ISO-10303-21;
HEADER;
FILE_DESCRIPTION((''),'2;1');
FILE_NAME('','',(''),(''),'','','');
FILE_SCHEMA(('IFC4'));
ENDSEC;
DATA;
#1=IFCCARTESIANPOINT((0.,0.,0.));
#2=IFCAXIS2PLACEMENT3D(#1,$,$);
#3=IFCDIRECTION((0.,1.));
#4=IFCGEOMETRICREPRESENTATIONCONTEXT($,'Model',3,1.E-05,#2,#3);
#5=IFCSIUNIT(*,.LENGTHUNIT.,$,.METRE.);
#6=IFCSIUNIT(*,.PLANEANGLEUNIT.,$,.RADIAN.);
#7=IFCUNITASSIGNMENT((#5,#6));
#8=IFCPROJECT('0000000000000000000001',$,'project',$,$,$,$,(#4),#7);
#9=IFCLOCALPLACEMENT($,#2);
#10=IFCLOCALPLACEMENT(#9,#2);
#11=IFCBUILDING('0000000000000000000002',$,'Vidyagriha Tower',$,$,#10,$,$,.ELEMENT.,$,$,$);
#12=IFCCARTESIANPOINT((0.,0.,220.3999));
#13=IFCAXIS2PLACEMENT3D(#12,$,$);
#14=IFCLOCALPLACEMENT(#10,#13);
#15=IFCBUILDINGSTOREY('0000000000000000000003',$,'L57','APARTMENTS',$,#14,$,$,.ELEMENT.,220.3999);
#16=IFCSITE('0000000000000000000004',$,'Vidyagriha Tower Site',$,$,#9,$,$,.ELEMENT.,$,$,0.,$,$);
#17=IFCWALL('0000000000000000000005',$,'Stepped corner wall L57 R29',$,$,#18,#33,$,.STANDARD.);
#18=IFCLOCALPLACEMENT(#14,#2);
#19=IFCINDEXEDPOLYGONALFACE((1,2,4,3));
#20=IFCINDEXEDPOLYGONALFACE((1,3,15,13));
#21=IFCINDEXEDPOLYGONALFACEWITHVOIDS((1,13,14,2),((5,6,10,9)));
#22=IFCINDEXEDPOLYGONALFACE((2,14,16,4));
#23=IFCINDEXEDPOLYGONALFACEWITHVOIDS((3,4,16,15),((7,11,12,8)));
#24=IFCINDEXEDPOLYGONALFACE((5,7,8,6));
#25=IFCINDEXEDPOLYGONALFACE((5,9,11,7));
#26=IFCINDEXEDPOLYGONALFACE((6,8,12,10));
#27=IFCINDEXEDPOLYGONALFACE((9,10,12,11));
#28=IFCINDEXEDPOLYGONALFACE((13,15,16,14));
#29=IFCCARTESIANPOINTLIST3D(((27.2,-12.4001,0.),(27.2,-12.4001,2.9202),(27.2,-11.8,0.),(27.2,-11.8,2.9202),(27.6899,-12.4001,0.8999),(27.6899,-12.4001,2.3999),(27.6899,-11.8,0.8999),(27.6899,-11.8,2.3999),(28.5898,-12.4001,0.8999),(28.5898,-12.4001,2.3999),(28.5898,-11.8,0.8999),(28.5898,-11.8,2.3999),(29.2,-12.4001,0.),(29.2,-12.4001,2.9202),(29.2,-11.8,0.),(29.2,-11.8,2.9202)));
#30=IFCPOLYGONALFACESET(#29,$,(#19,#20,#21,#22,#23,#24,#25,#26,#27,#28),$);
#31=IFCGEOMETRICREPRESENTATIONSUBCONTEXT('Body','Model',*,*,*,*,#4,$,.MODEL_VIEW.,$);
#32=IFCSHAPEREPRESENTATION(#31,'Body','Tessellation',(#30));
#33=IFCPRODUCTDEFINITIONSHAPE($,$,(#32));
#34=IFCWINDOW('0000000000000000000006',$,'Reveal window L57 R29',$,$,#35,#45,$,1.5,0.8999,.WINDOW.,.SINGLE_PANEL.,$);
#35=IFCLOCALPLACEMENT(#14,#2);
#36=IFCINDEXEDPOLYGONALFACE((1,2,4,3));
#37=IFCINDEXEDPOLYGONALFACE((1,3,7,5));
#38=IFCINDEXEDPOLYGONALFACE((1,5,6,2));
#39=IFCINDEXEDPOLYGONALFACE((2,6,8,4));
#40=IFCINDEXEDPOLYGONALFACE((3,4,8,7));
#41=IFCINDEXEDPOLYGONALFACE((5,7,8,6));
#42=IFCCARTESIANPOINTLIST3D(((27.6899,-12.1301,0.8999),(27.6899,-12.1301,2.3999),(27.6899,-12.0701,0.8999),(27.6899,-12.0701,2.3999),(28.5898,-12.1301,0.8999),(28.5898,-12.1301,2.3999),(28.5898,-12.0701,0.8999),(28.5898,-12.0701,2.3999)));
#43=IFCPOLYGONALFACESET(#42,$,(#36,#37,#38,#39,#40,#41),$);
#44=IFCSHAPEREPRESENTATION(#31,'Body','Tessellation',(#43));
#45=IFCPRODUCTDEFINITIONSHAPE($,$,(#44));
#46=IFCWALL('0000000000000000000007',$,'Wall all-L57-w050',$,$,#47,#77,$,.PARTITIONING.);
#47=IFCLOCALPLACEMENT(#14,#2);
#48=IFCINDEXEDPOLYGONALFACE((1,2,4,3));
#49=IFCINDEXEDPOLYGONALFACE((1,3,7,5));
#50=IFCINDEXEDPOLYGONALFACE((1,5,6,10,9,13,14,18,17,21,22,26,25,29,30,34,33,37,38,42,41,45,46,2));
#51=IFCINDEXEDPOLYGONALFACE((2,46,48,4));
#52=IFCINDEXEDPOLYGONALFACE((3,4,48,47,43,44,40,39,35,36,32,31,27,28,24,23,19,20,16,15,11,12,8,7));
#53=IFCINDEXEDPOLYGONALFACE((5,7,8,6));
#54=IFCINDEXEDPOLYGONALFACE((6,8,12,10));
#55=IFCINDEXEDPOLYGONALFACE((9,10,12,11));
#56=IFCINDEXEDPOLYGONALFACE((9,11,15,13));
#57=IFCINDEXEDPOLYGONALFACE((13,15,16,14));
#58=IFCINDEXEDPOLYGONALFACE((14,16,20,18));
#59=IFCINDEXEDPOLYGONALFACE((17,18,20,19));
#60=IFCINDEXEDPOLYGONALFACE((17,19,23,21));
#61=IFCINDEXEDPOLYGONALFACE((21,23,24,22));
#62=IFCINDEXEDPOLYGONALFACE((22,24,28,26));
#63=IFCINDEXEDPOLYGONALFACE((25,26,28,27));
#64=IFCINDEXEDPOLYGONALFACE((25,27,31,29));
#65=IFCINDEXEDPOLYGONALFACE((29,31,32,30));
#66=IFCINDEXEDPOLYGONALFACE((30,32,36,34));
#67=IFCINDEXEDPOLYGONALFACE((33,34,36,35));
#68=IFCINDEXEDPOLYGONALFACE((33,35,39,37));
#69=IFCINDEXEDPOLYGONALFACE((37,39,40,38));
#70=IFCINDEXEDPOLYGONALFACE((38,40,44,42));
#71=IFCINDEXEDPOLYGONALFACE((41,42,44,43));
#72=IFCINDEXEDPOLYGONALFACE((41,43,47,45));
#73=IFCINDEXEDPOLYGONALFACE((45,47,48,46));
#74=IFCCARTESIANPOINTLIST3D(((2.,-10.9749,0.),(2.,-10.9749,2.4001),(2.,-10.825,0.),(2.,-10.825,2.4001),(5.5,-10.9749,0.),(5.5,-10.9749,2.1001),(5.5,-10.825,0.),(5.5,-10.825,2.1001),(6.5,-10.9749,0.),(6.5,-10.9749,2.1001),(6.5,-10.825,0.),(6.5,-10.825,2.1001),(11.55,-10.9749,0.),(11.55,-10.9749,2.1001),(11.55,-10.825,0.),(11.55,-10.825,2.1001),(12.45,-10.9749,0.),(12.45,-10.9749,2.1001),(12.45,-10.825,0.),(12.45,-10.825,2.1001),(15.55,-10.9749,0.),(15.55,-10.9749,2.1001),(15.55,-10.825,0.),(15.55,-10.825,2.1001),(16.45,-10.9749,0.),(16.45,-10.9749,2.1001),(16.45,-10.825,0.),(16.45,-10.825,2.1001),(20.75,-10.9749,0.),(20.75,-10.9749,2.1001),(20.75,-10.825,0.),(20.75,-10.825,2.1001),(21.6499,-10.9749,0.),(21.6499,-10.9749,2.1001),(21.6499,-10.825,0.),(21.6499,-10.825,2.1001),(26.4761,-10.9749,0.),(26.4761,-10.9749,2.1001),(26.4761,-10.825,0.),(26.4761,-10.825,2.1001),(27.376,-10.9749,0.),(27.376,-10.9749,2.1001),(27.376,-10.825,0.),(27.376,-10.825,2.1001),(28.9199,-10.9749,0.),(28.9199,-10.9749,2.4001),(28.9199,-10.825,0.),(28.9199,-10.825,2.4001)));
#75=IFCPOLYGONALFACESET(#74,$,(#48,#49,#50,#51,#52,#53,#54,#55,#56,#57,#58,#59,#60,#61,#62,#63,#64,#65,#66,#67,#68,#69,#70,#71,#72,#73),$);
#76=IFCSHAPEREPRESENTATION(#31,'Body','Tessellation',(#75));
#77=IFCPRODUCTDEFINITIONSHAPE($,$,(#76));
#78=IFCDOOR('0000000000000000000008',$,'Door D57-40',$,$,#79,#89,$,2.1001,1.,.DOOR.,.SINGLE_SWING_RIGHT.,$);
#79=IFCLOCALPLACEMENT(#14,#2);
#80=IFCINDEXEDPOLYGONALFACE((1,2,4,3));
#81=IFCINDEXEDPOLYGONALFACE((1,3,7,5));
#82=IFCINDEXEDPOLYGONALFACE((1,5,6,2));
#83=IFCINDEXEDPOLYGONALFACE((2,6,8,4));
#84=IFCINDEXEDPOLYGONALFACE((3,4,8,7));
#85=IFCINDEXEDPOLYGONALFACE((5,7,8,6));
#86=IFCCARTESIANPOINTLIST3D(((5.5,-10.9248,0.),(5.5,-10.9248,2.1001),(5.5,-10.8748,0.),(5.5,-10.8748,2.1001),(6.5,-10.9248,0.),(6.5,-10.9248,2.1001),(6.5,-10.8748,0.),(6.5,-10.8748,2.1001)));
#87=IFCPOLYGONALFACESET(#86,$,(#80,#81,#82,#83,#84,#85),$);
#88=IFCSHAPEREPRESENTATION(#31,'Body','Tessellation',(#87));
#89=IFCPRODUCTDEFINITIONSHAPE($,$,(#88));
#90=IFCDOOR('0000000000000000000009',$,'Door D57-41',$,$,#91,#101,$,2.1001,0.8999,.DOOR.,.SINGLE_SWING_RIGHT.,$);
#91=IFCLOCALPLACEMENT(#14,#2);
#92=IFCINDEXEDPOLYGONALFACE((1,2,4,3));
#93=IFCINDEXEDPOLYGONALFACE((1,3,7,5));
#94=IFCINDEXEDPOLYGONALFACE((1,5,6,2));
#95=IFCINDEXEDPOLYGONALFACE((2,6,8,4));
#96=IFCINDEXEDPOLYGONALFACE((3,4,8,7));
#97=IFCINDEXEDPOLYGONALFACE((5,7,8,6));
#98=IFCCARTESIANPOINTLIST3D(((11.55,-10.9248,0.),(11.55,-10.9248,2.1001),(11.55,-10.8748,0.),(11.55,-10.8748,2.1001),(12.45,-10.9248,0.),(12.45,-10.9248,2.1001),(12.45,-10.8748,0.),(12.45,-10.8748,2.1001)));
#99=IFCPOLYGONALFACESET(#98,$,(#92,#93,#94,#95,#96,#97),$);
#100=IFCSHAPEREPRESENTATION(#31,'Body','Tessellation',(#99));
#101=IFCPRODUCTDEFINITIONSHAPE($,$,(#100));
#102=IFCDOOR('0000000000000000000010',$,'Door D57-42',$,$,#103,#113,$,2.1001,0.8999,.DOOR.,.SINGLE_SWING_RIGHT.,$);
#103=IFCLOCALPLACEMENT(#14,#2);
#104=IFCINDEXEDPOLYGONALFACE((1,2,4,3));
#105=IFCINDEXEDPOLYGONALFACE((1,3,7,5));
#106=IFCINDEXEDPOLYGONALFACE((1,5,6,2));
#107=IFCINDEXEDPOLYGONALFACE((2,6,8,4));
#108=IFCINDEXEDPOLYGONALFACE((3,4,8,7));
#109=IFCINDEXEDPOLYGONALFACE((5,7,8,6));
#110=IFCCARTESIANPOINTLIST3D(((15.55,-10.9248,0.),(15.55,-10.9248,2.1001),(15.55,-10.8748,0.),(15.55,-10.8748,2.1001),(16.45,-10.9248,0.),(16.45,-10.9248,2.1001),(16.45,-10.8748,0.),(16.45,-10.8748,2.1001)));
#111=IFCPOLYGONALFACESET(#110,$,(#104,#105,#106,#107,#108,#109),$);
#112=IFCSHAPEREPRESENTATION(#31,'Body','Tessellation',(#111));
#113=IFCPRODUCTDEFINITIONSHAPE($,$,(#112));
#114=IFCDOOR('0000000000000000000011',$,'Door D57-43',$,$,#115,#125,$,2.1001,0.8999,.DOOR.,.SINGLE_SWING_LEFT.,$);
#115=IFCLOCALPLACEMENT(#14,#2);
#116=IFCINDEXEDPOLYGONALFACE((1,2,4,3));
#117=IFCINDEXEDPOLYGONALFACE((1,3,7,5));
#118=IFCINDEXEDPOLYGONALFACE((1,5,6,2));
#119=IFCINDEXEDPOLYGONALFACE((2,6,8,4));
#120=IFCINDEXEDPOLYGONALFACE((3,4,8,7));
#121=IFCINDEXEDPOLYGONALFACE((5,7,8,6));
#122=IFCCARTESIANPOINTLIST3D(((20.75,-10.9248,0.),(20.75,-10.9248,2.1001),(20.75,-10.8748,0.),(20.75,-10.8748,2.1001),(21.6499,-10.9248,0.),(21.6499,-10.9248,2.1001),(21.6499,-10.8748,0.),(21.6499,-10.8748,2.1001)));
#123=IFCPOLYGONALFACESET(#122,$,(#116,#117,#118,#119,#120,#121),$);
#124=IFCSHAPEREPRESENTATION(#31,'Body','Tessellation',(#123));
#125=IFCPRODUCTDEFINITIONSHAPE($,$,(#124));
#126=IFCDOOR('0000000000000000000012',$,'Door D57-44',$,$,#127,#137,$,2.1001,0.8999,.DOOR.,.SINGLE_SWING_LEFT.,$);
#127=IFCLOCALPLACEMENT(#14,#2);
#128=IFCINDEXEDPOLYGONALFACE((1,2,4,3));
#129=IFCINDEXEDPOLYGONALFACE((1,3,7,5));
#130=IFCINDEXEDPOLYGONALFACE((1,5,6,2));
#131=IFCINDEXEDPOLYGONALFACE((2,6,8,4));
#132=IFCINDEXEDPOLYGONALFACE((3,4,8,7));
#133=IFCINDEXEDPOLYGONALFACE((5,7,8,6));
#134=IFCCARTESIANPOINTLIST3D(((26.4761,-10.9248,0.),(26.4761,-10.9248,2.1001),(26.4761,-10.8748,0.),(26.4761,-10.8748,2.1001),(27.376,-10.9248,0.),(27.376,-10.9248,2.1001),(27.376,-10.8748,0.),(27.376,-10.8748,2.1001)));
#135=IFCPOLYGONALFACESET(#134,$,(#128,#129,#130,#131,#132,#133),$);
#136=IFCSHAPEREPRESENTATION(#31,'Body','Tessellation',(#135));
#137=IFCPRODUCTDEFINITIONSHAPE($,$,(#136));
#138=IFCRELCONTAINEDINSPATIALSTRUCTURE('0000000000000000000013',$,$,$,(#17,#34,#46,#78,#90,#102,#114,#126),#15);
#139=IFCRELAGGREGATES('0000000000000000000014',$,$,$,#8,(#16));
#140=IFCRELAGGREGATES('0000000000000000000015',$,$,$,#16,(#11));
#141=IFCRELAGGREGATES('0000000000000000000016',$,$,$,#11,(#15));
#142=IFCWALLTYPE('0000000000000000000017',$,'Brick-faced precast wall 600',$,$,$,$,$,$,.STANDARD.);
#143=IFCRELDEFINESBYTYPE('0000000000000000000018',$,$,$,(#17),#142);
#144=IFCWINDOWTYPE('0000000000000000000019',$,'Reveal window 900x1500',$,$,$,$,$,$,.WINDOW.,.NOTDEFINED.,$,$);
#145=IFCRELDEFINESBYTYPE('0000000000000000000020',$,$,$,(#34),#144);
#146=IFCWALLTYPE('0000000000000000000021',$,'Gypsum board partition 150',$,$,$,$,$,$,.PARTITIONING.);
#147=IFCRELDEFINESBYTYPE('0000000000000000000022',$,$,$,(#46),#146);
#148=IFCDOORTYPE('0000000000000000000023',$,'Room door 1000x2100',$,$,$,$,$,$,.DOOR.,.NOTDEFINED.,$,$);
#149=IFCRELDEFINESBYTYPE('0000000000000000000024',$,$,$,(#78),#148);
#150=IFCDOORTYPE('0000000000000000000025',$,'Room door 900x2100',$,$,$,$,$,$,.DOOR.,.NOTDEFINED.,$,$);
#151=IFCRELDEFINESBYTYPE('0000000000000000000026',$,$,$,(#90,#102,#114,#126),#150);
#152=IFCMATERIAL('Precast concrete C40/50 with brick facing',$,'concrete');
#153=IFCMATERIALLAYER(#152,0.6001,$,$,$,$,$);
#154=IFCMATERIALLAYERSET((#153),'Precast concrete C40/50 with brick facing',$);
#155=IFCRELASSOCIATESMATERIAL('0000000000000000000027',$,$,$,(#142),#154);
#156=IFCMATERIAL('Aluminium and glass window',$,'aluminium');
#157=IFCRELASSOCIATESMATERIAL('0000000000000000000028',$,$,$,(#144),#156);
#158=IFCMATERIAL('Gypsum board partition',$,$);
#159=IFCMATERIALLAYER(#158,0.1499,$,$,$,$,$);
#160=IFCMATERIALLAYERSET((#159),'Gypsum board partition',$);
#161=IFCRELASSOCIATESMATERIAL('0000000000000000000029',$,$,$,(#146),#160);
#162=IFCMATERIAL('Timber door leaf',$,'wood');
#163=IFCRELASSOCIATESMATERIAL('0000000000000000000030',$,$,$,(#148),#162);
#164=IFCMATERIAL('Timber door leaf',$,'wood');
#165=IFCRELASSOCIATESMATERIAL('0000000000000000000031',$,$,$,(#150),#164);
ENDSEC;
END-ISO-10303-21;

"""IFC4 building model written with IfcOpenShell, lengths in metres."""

from ifc_helpers import new_model, si_unit, direction, frame, frame_2d, origin, place, context, subcontext, project, spatial, rectangle, extrude, material, layer, layer_set, type_object, element, fill, save


model = new_model("IFC4")

# Units and contexts
model_context = context("Model", 3, precision=1e-05, world=origin(), true_north=direction((0.0, 1.0)))
body_context = subcontext(model_context, "Body", "Model", "MODEL_VIEW")
ifc_project = project(units=[si_unit("LENGTHUNIT", "METRE"), si_unit("PLANEANGLEUNIT", "RADIAN")], contexts=[model_context])

# Site, building, storey
site_placement = place(None, origin())
site = spatial("IfcSite", under=ifc_project, at=site_placement, Name="Vidyagriha Tower Site", CompositionType="ELEMENT", RefElevation=0.0)
building_placement = place(site_placement, origin())
building = spatial("IfcBuilding", under=site, at=building_placement, Name="Vidyagriha Tower", CompositionType="ELEMENT")
storey_placement = place(building_placement, frame((0.0, 0.0, 220.3999)))
storey = spatial("IfcBuildingStorey", under=building, at=storey_placement, Name="L57", Description="APARTMENTS", CompositionType="ELEMENT", Elevation=220.3999)

# Shared definitions
ifc_material_1 = material(Name="Precast concrete C40/50 with brick facing", Category="concrete")
ifc_layer_1 = layer(ifc_material_1, 0.6001)
ifc_layer_set_1 = layer_set([ifc_layer_1], Name="Precast concrete C40/50 with brick facing")
wall_type_1 = type_object("IfcWallType", Name="Brick-faced precast wall 600", PredefinedType="STANDARD", material=ifc_layer_set_1)

# Shared definitions
ifc_material_2 = material(Name="Aluminium and glass window", Category="aluminium")
window_type = type_object("IfcWindowType", Name="Reveal window 900x1500", PartitioningType="NOTDEFINED", PredefinedType="WINDOW", material=ifc_material_2)

# Wall, opening, window
wall_1_placement = place(storey_placement, frame((27.2, -12.1001, 0.0)))
wall_1 = element("IfcWall", 1, at=wall_1_placement, inside=storey, type_object=wall_type_1, Name="Stepped corner wall L57 R29", PredefinedType="STANDARD", context=body_context, shape_type="SweptSolid", body=[
    extrude(rectangle(XDim=2.0, YDim=0.6001, at=frame_2d((1.0, 0.0))), origin(), (0.0, 0.0, 1.0), 2.9202),
])
opening_1_placement = place(wall_1_placement, frame((0.49, 0.0, 0.8999)))
opening_1 = element("IfcOpeningElement", 2, at=opening_1_placement, cuts=wall_1, PredefinedType="OPENING", context=body_context, shape_type="SweptSolid", body=[
    extrude(rectangle(XDim=0.8999, YDim=1.5, at=frame_2d((0.45, 0.75))), frame((0.0, 0.3101, 0.0), z_axis=(0.0, -1.0, 0.0), x_axis=(1.0, 0.0, 0.0)), (0.0, 0.0, 1.0), 0.6201),
])
window_1_placement = place(opening_1_placement, origin())
window_1 = element("IfcWindow", 3, at=window_1_placement, inside=storey, type_object=window_type, Name="Reveal window L57 R29", OverallHeight=1.5, OverallWidth=0.8999, PartitioningType="SINGLE_PANEL", PredefinedType="WINDOW", context=body_context, shape_type="SweptSolid", body=[
    extrude(rectangle(XDim=0.8999, YDim=1.5, at=frame_2d((0.45, 0.75))), frame((0.0, 0.03, 0.0), z_axis=(0.0, -1.0, 0.0), x_axis=(1.0, 0.0, 0.0)), (0.0, 0.0, 1.0), 0.0601),
])
fill(opening_1, window_1)

# Wall, openings, doors
ifc_material_3 = material(Name="Gypsum board partition")
ifc_layer_2 = layer(ifc_material_3, 0.1499)
ifc_layer_set_2 = layer_set([ifc_layer_2], Name="Gypsum board partition")
wall_type_2 = type_object("IfcWallType", Name="Gypsum board partition 150", PredefinedType="PARTITIONING", material=ifc_layer_set_2)
wall_2_placement = place(storey_placement, frame((28.9199, -10.8999, 0.0), z_axis=(0.0, 0.0, 1.0), x_axis=(-1.0, 0.0, 0.0)))
wall_2 = element("IfcWall", 4, at=wall_2_placement, inside=storey, type_object=wall_type_2, Name="Wall all-L57-w050", PredefinedType="PARTITIONING", context=body_context, shape_type="SweptSolid", body=[
    extrude(rectangle(XDim=26.9199, YDim=0.1499, at=frame_2d((13.46, 0.0))), origin(), (0.0, 0.0, 1.0), 2.4001),
])
opening_2_placement = place(wall_2_placement, frame((22.4199, 0.0, 0.0)))
opening_2 = element("IfcOpeningElement", 5, at=opening_2_placement, cuts=wall_2, PredefinedType="OPENING", context=body_context, shape_type="SweptSolid", body=[
    extrude(rectangle(XDim=1.0, YDim=2.1001, at=frame_2d((0.5, 1.05))), frame((0.0, 0.085, 0.0), z_axis=(0.0, -1.0, 0.0), x_axis=(1.0, 0.0, 0.0)), (0.0, 0.0, 1.0), 0.1699),
])
opening_3_placement = place(wall_2_placement, frame((16.47, 0.0, 0.0)))
opening_3 = element("IfcOpeningElement", 6, at=opening_3_placement, cuts=wall_2, PredefinedType="OPENING", context=body_context, shape_type="SweptSolid", body=[
    extrude(rectangle(XDim=0.8999, YDim=2.1001, at=frame_2d((0.45, 1.05))), frame((0.0, 0.085, 0.0), z_axis=(0.0, -1.0, 0.0), x_axis=(1.0, 0.0, 0.0)), (0.0, 0.0, 1.0), 0.1699),
])
opening_4_placement = place(wall_2_placement, frame((12.47, 0.0, 0.0)))
opening_4 = element("IfcOpeningElement", 7, at=opening_4_placement, cuts=wall_2, PredefinedType="OPENING", context=body_context, shape_type="SweptSolid", body=[
    extrude(rectangle(XDim=0.8999, YDim=2.1001, at=frame_2d((0.45, 1.05))), frame((0.0, 0.085, 0.0), z_axis=(0.0, -1.0, 0.0), x_axis=(1.0, 0.0, 0.0)), (0.0, 0.0, 1.0), 0.1699),
])
opening_5_placement = place(wall_2_placement, frame((7.27, 0.0, 0.0)))
opening_5 = element("IfcOpeningElement", 8, at=opening_5_placement, cuts=wall_2, PredefinedType="OPENING", context=body_context, shape_type="SweptSolid", body=[
    extrude(rectangle(XDim=0.8999, YDim=2.1001, at=frame_2d((0.45, 1.05))), frame((0.0, 0.085, 0.0), z_axis=(0.0, -1.0, 0.0), x_axis=(1.0, 0.0, 0.0)), (0.0, 0.0, 1.0), 0.1699),
])
opening_6_placement = place(wall_2_placement, frame((1.5439, 0.0, 0.0)))
opening_6 = element("IfcOpeningElement", 9, at=opening_6_placement, cuts=wall_2, PredefinedType="OPENING", context=body_context, shape_type="SweptSolid", body=[
    extrude(rectangle(XDim=0.8999, YDim=2.1001, at=frame_2d((0.45, 1.05))), frame((0.0, 0.085, 0.0), z_axis=(0.0, -1.0, 0.0), x_axis=(1.0, 0.0, 0.0)), (0.0, 0.0, 1.0), 0.1699),
])
ifc_material_4 = material(Name="Timber door leaf", Category="wood")
door_type_1 = type_object("IfcDoorType", Name="Room door 1000x2100", OperationType="NOTDEFINED", PredefinedType="DOOR", material=ifc_material_4)
door_1_placement = place(opening_2_placement, origin())
door_1 = element("IfcDoor", 10, at=door_1_placement, inside=storey, type_object=door_type_1, Name="Door D57-40", OperationType="SINGLE_SWING_RIGHT", OverallHeight=2.1001, OverallWidth=1.0, PredefinedType="DOOR", context=body_context, shape_type="SweptSolid", body=[
    extrude(rectangle(XDim=1.0, YDim=2.1001, at=frame_2d((0.5, 1.05))), frame((0.0, 0.0249, 0.0), z_axis=(0.0, -1.0, 0.0), x_axis=(1.0, 0.0, 0.0)), (0.0, 0.0, 1.0), 0.05),
])
fill(opening_2, door_1)
ifc_material_5 = material(Name="Timber door leaf", Category="wood")
door_type_2 = type_object("IfcDoorType", Name="Room door 900x2100", OperationType="NOTDEFINED", PredefinedType="DOOR", material=ifc_material_5)
door_2_placement = place(opening_3_placement, origin())
door_2 = element("IfcDoor", 11, at=door_2_placement, inside=storey, type_object=door_type_2, Name="Door D57-41", OperationType="SINGLE_SWING_RIGHT", OverallHeight=2.1001, OverallWidth=0.8999, PredefinedType="DOOR", context=body_context, shape_type="SweptSolid", body=[
    extrude(rectangle(XDim=0.8999, YDim=2.1001, at=frame_2d((0.45, 1.05))), frame((0.0, 0.0249, 0.0), z_axis=(0.0, -1.0, 0.0), x_axis=(1.0, 0.0, 0.0)), (0.0, 0.0, 1.0), 0.05),
])
fill(opening_3, door_2)
door_3_placement = place(opening_4_placement, origin())
door_3 = element("IfcDoor", 12, at=door_3_placement, inside=storey, type_object=door_type_2, Name="Door D57-42", OperationType="SINGLE_SWING_RIGHT", OverallHeight=2.1001, OverallWidth=0.8999, PredefinedType="DOOR", context=body_context, shape_type="SweptSolid", body=[
    extrude(rectangle(XDim=0.8999, YDim=2.1001, at=frame_2d((0.45, 1.05))), frame((0.0, 0.0249, 0.0), z_axis=(0.0, -1.0, 0.0), x_axis=(1.0, 0.0, 0.0)), (0.0, 0.0, 1.0), 0.05),
])
fill(opening_4, door_3)
door_4_placement = place(opening_5_placement, origin())
door_4 = element("IfcDoor", 13, at=door_4_placement, inside=storey, type_object=door_type_2, Name="Door D57-43", OperationType="SINGLE_SWING_LEFT", OverallHeight=2.1001, OverallWidth=0.8999, PredefinedType="DOOR", context=body_context, shape_type="SweptSolid", body=[
    extrude(rectangle(XDim=0.8999, YDim=2.1001, at=frame_2d((0.45, 1.05))), frame((0.0, 0.0249, 0.0), z_axis=(0.0, -1.0, 0.0), x_axis=(1.0, 0.0, 0.0)), (0.0, 0.0, 1.0), 0.05),
])
fill(opening_5, door_4)
door_5_placement = place(opening_6_placement, origin())
door_5 = element("IfcDoor", 14, at=door_5_placement, inside=storey, type_object=door_type_2, Name="Door D57-44", OperationType="SINGLE_SWING_LEFT", OverallHeight=2.1001, OverallWidth=0.8999, PredefinedType="DOOR", context=body_context, shape_type="SweptSolid", body=[
    extrude(rectangle(XDim=0.8999, YDim=2.1001, at=frame_2d((0.45, 1.05))), frame((0.0, 0.0249, 0.0), z_axis=(0.0, -1.0, 0.0), x_axis=(1.0, 0.0, 0.0)), (0.0, 0.0, 1.0), 0.05),
])
fill(opening_6, door_5)

save(model, "model.ifc")
